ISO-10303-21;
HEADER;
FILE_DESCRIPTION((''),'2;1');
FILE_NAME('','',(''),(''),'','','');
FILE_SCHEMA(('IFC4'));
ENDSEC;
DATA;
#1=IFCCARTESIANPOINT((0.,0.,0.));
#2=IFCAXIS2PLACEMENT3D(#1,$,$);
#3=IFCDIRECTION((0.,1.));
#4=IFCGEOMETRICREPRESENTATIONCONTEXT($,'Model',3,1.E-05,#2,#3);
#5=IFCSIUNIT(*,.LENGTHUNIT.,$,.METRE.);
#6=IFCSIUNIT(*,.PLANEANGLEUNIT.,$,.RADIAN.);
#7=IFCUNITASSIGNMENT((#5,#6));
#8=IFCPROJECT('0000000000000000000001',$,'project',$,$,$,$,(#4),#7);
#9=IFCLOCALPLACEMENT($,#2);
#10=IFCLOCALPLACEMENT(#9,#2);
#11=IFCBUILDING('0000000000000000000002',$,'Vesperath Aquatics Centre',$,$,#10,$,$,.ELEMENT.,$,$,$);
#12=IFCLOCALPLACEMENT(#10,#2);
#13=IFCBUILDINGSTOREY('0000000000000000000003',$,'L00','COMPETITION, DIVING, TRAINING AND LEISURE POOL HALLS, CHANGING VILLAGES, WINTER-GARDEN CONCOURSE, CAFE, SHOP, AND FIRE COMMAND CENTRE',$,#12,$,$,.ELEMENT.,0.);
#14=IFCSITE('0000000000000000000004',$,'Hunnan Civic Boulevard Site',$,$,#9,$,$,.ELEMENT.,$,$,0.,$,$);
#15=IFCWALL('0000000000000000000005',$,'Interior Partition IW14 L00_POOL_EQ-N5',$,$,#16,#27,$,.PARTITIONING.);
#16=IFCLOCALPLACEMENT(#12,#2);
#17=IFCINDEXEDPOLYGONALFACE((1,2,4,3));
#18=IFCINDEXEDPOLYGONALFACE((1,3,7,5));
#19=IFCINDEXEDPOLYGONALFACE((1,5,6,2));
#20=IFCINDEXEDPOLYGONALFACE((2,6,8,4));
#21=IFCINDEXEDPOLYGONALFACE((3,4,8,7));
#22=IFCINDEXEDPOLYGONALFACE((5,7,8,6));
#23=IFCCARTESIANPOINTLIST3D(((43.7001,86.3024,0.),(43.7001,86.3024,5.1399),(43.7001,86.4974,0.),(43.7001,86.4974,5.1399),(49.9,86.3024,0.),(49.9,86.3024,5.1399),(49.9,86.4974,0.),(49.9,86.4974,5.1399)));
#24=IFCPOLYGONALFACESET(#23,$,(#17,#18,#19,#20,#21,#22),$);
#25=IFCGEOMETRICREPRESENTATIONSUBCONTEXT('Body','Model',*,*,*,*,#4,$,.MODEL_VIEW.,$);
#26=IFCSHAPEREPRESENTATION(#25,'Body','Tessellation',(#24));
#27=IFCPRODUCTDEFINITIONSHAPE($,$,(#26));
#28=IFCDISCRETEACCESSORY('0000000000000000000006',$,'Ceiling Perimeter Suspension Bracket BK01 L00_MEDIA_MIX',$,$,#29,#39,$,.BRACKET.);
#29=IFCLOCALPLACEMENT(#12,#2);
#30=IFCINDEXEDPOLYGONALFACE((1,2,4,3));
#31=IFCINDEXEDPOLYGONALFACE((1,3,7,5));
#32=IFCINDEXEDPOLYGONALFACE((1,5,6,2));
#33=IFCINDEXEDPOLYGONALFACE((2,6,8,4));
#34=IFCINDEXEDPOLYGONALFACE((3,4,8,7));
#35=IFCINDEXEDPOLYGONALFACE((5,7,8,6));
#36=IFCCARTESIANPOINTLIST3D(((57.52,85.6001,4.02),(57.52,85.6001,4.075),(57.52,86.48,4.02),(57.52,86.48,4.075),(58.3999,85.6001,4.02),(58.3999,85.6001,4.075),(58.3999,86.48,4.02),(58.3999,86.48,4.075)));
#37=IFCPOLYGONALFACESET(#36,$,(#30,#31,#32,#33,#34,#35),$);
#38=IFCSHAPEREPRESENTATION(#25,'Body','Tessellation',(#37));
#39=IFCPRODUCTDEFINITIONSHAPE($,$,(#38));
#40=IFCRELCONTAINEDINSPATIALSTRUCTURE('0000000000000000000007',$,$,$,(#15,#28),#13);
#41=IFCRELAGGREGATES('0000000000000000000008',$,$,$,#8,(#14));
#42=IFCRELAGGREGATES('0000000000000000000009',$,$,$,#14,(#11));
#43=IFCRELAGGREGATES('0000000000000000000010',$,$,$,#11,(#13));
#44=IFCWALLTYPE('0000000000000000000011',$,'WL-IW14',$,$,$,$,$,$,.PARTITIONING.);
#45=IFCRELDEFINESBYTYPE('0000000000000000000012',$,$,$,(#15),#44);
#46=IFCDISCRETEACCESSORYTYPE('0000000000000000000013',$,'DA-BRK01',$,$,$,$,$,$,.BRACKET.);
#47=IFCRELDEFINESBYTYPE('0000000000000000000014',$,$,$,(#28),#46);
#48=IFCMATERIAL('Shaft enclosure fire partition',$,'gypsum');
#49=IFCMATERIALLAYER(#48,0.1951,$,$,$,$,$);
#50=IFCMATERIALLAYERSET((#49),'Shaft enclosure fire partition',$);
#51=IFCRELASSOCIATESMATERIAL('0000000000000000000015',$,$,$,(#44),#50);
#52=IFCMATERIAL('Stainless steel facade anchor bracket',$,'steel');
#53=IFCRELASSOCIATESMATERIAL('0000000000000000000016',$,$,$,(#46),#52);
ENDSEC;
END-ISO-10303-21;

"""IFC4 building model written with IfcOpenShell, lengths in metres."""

from ifc_helpers import new_model, si_unit, direction, frame, frame_2d, origin, origin_2d, place, context, subcontext, project, spatial, rectangle, extrude, material, layer, layer_set, type_object, element, save


model = new_model("IFC4")

# Units and contexts
model_context = context("Model", 3, precision=1e-05, world=origin(), true_north=direction((0.0, 1.0)))
body_context = subcontext(model_context, "Body", "Model", "MODEL_VIEW")
ifc_project = project(units=[si_unit("LENGTHUNIT", "METRE"), si_unit("PLANEANGLEUNIT", "RADIAN")], contexts=[model_context])

# Site, building, storey
site_placement = place(None, origin())
site = spatial("IfcSite", under=ifc_project, at=site_placement, Name="Hunnan Civic Boulevard Site", CompositionType="ELEMENT", RefElevation=0.0)
building_placement = place(site_placement, origin())
building = spatial("IfcBuilding", under=site, at=building_placement, Name="Vesperath Aquatics Centre", CompositionType="ELEMENT")
storey_placement = place(building_placement, origin())
storey = spatial("IfcBuildingStorey", under=building, at=storey_placement, Name="L00", Description="COMPETITION, DIVING, TRAINING AND LEISURE POOL HALLS, CHANGING VILLAGES, WINTER-GARDEN CONCOURSE, CAFE, SHOP, AND FIRE COMMAND CENTRE", CompositionType="ELEMENT", Elevation=0.0)

# Wall
ifc_material_1 = material(Name="Shaft enclosure fire partition", Category="gypsum")
ifc_layer_1 = layer(ifc_material_1, 0.1951)
ifc_layer_set_1 = layer_set([ifc_layer_1], Name="Shaft enclosure fire partition")
wall_type_1 = type_object("IfcWallType", Name="WL-IW14", PredefinedType="PARTITIONING", material=ifc_layer_set_1)
wall_1_placement = place(storey_placement, frame((43.7, 86.3999, 0.0), z_axis=(0.0, 0.0, 1.0), x_axis=(1.0, 0.0, 0.0)))
element("IfcWall", 1, at=wall_1_placement, inside=storey, type_object=wall_type_1, Name="Interior Partition IW14 L00_POOL_EQ-N5", PredefinedType="PARTITIONING", context=body_context, shape_type="SweptSolid", body=[
    extrude(rectangle(XDim=6.2, YDim=0.1951, at=frame_2d((3.1001, 0.0))), origin(), (0.0, 0.0, 1.0), 5.1399),
])

# Discrete accessory
ifc_material_2 = material(Name="Stainless steel facade anchor bracket", Category="steel")
discrete_accessory_type = type_object("IfcDiscreteAccessoryType", Name="DA-BRK01", PredefinedType="BRACKET", material=ifc_material_2)
discrete_accessory_placement = place(storey_placement, frame((57.96, 86.04, 4.02), z_axis=(0.0, 0.0, 1.0), x_axis=(1.0, 0.0, 0.0)))
element("IfcDiscreteAccessory", 2, at=discrete_accessory_placement, inside=storey, type_object=discrete_accessory_type, Name="Ceiling Perimeter Suspension Bracket BK01 L00_MEDIA_MIX", PredefinedType="BRACKET", context=body_context, shape_type="SweptSolid", body=[
    extrude(rectangle(XDim=0.8799, YDim=0.8799, at=origin_2d()), origin(), (0.0, 0.0, 1.0), 0.0549),
])

save(model, "model.ifc")
